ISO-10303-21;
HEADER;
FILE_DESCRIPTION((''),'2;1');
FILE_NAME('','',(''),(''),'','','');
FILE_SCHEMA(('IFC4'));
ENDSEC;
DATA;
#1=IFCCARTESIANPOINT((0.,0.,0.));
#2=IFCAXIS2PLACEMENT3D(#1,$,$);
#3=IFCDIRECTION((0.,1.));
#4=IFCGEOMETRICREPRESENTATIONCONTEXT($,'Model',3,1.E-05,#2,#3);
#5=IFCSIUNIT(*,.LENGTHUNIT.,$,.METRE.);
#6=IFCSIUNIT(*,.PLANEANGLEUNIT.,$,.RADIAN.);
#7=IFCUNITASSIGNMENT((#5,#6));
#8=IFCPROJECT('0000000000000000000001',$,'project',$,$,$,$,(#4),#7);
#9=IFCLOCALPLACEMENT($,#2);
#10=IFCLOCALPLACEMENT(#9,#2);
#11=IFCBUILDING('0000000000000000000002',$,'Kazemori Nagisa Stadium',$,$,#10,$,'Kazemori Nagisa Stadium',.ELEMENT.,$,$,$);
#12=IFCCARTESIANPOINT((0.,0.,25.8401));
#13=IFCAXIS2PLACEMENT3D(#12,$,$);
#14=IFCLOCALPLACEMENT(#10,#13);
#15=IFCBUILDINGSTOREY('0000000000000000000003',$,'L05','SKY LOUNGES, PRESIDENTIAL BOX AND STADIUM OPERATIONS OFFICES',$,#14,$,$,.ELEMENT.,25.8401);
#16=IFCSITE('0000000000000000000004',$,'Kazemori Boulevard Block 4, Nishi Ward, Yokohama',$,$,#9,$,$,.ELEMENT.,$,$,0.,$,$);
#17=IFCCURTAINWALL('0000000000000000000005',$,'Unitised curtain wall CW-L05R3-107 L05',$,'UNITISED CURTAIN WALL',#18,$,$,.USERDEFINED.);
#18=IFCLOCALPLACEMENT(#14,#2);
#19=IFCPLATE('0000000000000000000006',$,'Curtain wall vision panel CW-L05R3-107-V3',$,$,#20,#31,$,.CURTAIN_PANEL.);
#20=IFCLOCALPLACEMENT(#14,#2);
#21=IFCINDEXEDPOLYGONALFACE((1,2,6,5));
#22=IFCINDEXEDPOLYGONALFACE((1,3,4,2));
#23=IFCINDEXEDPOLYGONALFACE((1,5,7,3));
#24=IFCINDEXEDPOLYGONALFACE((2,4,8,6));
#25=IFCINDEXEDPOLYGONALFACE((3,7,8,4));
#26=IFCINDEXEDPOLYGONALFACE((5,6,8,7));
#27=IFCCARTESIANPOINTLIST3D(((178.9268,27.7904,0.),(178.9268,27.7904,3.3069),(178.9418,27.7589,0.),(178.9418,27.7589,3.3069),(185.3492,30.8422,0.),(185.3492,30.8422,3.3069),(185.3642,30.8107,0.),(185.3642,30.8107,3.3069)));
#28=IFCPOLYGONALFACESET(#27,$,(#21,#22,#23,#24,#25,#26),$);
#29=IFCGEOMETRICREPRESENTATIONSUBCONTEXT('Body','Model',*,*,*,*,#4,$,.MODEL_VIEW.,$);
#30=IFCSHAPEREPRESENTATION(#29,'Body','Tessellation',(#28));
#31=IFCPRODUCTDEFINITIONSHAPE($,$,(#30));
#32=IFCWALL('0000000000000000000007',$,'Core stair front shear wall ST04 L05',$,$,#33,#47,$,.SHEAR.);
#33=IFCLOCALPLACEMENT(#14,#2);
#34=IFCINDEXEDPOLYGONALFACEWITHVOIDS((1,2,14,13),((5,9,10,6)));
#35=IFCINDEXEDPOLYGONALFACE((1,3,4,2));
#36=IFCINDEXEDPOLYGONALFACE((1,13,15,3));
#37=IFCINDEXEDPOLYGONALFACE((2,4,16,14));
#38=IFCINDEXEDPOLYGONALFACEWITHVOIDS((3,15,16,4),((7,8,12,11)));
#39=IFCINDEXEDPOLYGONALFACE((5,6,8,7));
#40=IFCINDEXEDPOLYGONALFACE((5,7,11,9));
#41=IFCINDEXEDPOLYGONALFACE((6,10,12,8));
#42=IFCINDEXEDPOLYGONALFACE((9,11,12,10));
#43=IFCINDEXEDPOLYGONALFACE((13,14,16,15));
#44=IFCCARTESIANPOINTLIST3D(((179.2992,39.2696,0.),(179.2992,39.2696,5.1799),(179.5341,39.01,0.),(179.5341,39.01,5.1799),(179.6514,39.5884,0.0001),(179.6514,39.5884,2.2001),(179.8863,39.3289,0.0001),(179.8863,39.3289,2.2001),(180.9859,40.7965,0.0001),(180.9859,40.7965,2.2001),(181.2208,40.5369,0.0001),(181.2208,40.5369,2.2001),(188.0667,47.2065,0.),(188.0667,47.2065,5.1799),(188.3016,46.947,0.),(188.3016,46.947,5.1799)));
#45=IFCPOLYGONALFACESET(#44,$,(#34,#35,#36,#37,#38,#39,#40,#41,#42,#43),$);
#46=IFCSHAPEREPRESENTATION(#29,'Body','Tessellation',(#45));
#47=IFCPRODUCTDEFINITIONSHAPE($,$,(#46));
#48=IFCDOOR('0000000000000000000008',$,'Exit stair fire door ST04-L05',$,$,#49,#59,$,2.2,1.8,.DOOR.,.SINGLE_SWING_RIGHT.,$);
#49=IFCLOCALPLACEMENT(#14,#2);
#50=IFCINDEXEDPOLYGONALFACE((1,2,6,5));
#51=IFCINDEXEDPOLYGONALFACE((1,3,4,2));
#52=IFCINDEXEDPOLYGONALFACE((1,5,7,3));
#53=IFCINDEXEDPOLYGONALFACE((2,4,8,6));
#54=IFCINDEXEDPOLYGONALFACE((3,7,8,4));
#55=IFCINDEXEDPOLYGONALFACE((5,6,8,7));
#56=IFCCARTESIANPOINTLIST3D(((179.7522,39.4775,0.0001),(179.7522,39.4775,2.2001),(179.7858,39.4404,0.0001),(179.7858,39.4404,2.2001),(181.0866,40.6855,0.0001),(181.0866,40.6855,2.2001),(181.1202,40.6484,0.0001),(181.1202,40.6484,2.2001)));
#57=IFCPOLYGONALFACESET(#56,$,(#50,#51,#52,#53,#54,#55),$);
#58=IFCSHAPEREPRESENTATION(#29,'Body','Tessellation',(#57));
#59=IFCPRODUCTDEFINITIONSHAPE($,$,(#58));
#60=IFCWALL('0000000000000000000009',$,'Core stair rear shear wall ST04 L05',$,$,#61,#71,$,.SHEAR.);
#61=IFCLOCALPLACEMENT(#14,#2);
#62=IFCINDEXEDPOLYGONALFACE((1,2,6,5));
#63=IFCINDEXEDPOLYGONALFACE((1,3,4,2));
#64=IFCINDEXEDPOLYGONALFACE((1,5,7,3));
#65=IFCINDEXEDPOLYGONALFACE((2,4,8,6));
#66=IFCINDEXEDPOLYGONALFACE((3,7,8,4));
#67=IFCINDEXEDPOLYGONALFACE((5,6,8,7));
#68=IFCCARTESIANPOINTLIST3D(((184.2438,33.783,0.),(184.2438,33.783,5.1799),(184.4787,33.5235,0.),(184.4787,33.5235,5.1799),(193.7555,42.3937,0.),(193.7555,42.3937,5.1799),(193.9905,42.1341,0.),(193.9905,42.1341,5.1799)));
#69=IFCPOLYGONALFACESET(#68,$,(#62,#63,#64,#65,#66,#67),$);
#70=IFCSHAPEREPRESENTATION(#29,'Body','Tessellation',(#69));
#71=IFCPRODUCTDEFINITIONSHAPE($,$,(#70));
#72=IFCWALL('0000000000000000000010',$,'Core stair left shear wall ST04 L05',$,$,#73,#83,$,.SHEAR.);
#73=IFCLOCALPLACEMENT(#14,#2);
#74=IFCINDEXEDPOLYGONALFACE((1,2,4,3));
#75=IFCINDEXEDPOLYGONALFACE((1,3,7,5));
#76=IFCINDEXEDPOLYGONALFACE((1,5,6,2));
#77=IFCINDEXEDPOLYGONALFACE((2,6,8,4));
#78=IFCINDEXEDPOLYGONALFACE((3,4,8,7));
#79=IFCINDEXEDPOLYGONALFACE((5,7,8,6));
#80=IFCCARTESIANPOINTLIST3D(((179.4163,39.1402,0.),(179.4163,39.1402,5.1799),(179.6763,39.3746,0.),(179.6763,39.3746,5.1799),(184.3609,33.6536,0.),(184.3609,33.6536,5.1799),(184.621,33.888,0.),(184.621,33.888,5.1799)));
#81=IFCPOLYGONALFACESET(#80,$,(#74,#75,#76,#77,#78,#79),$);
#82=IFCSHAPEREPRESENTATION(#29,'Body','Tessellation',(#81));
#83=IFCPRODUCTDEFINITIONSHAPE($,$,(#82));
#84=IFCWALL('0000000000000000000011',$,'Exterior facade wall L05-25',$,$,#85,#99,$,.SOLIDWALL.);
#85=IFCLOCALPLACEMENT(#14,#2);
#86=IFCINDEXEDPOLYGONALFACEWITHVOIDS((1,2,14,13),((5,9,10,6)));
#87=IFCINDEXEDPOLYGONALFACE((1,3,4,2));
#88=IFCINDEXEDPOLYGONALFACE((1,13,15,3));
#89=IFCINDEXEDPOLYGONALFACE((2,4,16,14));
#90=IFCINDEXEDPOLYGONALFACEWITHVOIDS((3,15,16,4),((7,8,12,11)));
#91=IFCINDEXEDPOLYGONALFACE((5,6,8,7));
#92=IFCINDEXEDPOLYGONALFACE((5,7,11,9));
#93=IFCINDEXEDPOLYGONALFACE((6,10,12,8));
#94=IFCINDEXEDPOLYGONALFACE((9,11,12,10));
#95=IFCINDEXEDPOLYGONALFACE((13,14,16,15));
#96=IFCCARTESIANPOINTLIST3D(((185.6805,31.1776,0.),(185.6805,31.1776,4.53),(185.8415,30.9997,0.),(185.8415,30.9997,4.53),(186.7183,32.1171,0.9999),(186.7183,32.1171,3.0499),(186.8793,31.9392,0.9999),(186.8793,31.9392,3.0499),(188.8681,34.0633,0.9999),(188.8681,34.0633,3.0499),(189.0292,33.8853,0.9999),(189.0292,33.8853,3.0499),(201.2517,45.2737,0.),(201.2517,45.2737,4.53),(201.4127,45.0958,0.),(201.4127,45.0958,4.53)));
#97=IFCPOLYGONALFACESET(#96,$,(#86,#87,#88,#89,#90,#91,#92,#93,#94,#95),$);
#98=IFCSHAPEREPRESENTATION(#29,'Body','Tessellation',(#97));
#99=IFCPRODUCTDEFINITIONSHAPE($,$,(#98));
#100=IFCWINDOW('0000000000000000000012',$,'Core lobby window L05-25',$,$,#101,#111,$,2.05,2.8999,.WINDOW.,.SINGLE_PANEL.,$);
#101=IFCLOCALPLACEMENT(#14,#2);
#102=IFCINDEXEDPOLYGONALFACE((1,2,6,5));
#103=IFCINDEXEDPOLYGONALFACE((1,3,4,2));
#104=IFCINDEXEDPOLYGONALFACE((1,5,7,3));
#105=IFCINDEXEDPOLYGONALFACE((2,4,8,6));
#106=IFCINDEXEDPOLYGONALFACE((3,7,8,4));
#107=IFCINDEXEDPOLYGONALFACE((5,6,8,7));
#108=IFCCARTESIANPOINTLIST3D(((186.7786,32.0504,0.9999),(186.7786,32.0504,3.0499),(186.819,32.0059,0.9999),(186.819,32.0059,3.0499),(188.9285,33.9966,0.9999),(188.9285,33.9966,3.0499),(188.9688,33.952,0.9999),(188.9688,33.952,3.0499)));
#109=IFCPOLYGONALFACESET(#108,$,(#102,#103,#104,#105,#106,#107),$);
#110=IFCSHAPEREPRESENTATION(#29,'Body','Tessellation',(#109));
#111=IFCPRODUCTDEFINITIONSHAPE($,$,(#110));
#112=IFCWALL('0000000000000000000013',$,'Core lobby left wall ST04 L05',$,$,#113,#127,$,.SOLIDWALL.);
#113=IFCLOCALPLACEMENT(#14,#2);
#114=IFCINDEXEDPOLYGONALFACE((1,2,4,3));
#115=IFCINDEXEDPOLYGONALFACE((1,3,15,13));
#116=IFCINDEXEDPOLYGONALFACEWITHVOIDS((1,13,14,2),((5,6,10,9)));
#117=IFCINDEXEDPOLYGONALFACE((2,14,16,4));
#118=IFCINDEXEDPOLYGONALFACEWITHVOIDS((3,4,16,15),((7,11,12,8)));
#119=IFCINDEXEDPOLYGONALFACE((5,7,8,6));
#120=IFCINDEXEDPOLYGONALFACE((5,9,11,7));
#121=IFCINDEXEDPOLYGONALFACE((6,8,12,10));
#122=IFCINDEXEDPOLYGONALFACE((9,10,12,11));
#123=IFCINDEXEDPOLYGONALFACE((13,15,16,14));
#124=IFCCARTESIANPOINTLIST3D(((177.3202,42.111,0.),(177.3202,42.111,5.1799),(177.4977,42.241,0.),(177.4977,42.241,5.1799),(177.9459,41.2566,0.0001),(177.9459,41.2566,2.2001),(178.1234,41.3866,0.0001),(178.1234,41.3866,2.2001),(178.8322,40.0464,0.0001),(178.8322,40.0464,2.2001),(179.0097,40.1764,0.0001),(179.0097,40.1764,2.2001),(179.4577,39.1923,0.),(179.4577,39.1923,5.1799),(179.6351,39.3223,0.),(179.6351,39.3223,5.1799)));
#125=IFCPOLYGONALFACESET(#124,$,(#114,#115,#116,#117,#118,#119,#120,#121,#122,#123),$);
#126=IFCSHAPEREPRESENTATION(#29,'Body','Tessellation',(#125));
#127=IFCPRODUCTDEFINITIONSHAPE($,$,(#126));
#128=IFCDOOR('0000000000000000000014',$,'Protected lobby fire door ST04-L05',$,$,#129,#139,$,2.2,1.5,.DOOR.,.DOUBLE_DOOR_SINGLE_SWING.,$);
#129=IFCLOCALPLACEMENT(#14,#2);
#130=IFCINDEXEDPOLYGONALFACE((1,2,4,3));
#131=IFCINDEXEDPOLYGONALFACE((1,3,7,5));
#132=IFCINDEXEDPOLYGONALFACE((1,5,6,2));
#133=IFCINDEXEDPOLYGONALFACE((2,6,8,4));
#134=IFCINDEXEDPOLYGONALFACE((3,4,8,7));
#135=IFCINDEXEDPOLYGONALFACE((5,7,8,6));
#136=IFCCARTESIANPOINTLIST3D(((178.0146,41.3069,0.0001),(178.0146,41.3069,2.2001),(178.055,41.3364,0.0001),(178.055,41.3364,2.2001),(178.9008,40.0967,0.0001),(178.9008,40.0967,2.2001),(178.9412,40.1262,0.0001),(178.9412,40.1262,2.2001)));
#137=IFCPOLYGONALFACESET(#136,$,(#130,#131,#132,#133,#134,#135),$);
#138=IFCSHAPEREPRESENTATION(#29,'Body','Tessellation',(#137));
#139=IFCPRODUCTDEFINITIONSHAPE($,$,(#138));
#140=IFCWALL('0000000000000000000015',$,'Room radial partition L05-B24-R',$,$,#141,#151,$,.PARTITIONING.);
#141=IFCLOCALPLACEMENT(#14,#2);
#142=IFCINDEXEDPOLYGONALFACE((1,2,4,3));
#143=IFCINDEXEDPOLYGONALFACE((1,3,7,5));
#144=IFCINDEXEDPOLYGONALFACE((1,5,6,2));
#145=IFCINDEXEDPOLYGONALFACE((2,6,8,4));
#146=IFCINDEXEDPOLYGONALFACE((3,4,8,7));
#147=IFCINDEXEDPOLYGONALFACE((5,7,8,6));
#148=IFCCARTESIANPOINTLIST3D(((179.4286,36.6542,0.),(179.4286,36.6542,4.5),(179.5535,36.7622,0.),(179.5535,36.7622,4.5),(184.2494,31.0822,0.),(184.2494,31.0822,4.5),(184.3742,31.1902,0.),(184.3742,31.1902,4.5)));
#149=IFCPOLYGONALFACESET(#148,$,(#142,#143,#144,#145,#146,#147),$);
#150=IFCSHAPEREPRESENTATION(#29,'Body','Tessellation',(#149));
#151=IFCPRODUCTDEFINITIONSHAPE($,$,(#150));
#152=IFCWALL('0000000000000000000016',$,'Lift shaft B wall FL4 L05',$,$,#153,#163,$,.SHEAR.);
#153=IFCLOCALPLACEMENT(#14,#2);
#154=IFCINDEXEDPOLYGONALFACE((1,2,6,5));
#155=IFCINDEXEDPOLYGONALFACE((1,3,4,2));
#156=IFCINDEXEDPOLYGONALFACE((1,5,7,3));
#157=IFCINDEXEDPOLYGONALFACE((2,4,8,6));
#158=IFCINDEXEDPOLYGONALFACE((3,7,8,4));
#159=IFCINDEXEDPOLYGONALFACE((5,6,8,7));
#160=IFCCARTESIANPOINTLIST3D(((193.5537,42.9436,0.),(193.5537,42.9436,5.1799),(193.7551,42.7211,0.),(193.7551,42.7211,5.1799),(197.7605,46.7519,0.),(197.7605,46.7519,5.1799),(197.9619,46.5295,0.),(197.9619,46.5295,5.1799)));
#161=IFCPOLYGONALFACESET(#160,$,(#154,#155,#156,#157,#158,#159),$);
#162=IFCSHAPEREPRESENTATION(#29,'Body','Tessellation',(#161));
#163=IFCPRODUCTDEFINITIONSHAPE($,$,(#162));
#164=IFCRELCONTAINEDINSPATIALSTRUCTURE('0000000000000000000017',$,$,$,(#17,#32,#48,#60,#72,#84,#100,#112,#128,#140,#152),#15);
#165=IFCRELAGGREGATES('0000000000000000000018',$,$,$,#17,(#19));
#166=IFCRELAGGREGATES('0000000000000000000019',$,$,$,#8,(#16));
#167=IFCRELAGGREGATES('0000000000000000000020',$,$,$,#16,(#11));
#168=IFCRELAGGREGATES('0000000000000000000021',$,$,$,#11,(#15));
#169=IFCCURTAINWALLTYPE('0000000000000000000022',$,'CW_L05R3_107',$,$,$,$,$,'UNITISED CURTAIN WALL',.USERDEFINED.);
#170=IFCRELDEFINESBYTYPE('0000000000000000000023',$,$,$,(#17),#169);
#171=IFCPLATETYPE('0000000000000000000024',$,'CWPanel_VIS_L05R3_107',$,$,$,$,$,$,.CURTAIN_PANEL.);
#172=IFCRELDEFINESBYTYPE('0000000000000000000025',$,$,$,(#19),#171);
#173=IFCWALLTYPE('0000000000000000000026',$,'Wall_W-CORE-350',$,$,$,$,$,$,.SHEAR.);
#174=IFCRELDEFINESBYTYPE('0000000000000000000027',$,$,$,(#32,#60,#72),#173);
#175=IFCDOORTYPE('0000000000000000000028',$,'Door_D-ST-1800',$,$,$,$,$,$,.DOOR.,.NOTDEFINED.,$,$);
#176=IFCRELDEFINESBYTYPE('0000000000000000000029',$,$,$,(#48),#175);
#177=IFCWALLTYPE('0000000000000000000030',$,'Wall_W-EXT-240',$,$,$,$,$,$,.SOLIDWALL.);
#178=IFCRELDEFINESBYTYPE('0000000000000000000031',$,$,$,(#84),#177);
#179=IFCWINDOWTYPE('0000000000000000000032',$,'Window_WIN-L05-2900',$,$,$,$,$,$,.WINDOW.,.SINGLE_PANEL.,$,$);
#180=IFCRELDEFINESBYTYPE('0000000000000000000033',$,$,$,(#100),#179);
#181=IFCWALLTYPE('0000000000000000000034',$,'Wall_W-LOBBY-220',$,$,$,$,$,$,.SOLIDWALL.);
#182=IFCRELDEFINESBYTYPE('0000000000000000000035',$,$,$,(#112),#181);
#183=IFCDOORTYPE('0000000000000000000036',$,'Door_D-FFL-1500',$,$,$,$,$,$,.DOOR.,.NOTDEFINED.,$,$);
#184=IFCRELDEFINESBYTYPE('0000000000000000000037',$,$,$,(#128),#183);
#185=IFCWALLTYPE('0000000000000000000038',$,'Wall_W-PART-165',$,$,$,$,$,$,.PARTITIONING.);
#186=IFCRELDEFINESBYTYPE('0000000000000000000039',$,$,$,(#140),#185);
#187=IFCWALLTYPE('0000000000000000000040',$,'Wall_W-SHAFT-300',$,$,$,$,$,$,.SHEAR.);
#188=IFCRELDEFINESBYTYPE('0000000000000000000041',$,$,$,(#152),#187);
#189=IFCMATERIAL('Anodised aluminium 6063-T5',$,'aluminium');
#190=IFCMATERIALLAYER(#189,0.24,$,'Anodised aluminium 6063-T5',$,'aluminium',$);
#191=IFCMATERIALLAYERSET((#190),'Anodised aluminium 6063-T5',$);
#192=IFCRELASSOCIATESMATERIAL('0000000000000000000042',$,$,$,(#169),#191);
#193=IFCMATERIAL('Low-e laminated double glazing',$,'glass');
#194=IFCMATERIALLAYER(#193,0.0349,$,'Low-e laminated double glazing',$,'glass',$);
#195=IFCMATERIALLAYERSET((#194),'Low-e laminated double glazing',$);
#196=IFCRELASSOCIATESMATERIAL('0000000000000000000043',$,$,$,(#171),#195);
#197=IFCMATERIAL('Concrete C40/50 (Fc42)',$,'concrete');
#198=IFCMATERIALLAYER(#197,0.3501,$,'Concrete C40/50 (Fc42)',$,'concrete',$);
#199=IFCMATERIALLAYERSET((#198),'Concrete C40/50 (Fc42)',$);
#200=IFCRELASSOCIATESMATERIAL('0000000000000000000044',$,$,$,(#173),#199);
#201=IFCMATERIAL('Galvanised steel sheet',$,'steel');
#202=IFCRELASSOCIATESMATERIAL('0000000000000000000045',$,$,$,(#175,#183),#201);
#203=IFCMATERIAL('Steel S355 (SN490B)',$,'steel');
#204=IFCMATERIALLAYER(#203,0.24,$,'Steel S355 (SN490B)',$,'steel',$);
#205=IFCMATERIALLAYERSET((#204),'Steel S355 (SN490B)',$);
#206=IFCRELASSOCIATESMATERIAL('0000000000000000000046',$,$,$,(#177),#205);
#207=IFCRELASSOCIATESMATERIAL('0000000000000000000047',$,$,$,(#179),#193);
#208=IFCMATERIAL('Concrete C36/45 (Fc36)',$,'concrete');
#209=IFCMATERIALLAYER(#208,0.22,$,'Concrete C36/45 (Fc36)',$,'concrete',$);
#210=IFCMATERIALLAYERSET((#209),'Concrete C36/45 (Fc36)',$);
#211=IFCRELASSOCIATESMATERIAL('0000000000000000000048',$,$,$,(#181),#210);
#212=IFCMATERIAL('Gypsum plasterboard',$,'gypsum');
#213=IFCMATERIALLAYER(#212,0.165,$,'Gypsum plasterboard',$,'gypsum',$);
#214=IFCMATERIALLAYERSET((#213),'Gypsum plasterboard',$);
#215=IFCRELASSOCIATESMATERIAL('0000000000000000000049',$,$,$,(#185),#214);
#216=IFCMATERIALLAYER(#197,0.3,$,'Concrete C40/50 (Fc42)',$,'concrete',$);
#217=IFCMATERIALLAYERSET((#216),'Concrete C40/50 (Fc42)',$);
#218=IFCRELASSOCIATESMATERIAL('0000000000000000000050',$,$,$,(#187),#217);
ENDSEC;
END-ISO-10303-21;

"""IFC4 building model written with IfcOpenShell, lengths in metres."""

from ifc_helpers import new_model, si_unit, direction, frame, frame_2d, origin, origin_2d, place, context, subcontext, project, spatial, rectangle, extrude, material, layer, layer_set, type_object, element, fill, aggregate, save


model = new_model("IFC4")

# Units and contexts
model_context = context("Model", 3, precision=1e-05, world=origin(), true_north=direction((0.0, 1.0)))
body_context = subcontext(model_context, "Body", "Model", "MODEL_VIEW")
ifc_project = project(units=[si_unit("LENGTHUNIT", "METRE"), si_unit("PLANEANGLEUNIT", "RADIAN")], contexts=[model_context])

# Site, building, storey
site_placement = place(None, origin())
site = spatial("IfcSite", under=ifc_project, at=site_placement, Name="Kazemori Boulevard Block 4, Nishi Ward, Yokohama", CompositionType="ELEMENT", RefElevation=0.0)
building_placement = place(site_placement, origin())
building = spatial("IfcBuilding", under=site, at=building_placement, Name="Kazemori Nagisa Stadium", LongName="Kazemori Nagisa Stadium", CompositionType="ELEMENT")
storey_placement = place(building_placement, frame((0.0, 0.0, 25.8401)))
storey = spatial("IfcBuildingStorey", under=building, at=storey_placement, Name="L05", Description="SKY LOUNGES, PRESIDENTIAL BOX AND STADIUM OPERATIONS OFFICES", CompositionType="ELEMENT", Elevation=25.8401)

# Shared definitions
ifc_material_1 = material(Name="Concrete C40/50 (Fc42)", Category="concrete")

# Curtain wall, plate
ifc_material_2 = material(Name="Anodised aluminium 6063-T5", Category="aluminium")
ifc_layer_1 = layer(ifc_material_2, 0.24, Name="Anodised aluminium 6063-T5", Category="aluminium")
ifc_layer_set_1 = layer_set([ifc_layer_1], Name="Anodised aluminium 6063-T5")
curtain_wall_type = type_object("IfcCurtainWallType", Name="CW_L05R3_107", ElementType="UNITISED CURTAIN WALL", PredefinedType="USERDEFINED", material=ifc_layer_set_1)
curtain_wall_placement = place(storey_placement, origin())
curtain_wall = element("IfcCurtainWall", 1, at=curtain_wall_placement, inside=storey, type_object=curtain_wall_type, Name="Unitised curtain wall CW-L05R3-107 L05", ObjectType="UNITISED CURTAIN WALL", PredefinedType="USERDEFINED")
ifc_material_3 = material(Name="Low-e laminated double glazing", Category="glass")
ifc_layer_2 = layer(ifc_material_3, 0.0349, Name="Low-e laminated double glazing", Category="glass")
ifc_layer_set_2 = layer_set([ifc_layer_2], Name="Low-e laminated double glazing")
plate_type_1 = type_object("IfcPlateType", Name="CWPanel_VIS_L05R3_107", PredefinedType="CURTAIN_PANEL", material=ifc_layer_set_2)
plate_1_placement = place(storey_placement, frame((182.1455, 29.3005, 0.0), z_axis=(0.0, 0.0, 1.0), x_axis=(0.903216, 0.429186, 0.0)))
plate_1 = element("IfcPlate", 2, at=plate_1_placement, type_object=plate_type_1, Name="Curtain wall vision panel CW-L05R3-107-V3", PredefinedType="CURTAIN_PANEL", context=body_context, shape_type="SweptSolid", body=[
    extrude(rectangle(XDim=7.1106, YDim=0.0349, at=origin_2d()), origin(), (0.0, 0.0, 1.0), 3.3069),
])
aggregate(curtain_wall, [plate_1])

# Wall, opening, door
ifc_layer_3 = layer(ifc_material_1, 0.3501, Name="Concrete C40/50 (Fc42)", Category="concrete")
ifc_layer_set_3 = layer_set([ifc_layer_3], Name="Concrete C40/50 (Fc42)")
wall_type_1 = type_object("IfcWallType", Name="Wall_W-CORE-350", PredefinedType="SHEAR", material=ifc_layer_set_3)
wall_1_placement = place(storey_placement, frame((179.4167, 39.1399, 0.0), z_axis=(0.0, 0.0, 1.0), x_axis=(0.741349, 0.67112, 0.0)))
wall_1 = element("IfcWall", 3, at=wall_1_placement, inside=storey, type_object=wall_type_1, Name="Core stair front shear wall ST04 L05", PredefinedType="SHEAR", context=body_context, shape_type="SweptSolid", body=[
    extrude(rectangle(XDim=11.8264, YDim=0.3501, at=frame_2d((5.9131, 0.0))), origin(), (0.0, 0.0, 1.0), 5.1799),
])
opening_1_placement = place(wall_1_placement, frame((0.4751, 0.0, 0.0)))
opening_1 = element("IfcOpeningElement", 4, at=opening_1_placement, cuts=wall_1, PredefinedType="OPENING", context=body_context, shape_type="SweptSolid", body=[
    extrude(rectangle(XDim=1.8, YDim=2.2, at=frame_2d((0.8999, 1.1001))), frame((0.0, 0.1851, 0.0), z_axis=(0.0, -1.0, 0.0), x_axis=(1.0, 0.0, 0.0)), (0.0, 0.0, 1.0), 0.3701),
])
ifc_material_4 = material(Name="Galvanised steel sheet", Category="steel")
door_type_1 = type_object("IfcDoorType", Name="Door_D-ST-1800", OperationType="NOTDEFINED", PredefinedType="DOOR", material=ifc_material_4)
door_1_placement = place(opening_1_placement, frame((1.8, 0.0, 0.0), z_axis=(0.0, 0.0, 1.0), x_axis=(-1.0, 0.0, 0.0)))
door_1 = element("IfcDoor", 5, at=door_1_placement, inside=storey, type_object=door_type_1, Name="Exit stair fire door ST04-L05", OperationType="SINGLE_SWING_RIGHT", OverallHeight=2.2, OverallWidth=1.8, PredefinedType="DOOR", context=body_context, shape_type="SweptSolid", body=[
    extrude(rectangle(XDim=1.8, YDim=2.2, at=frame_2d((0.8999, 1.1001))), frame((0.0, 0.0249, 0.0), z_axis=(0.0, -1.0, 0.0), x_axis=(1.0, 0.0, 0.0)), (0.0, 0.0, 1.0), 0.05),
])
fill(opening_1, door_1)

# Walls
wall_2_placement = place(storey_placement, frame((184.3613, 33.6533, 0.0), z_axis=(0.0, 0.0, 1.0), x_axis=(0.741351, 0.671117, 0.0)))
element("IfcWall", 6, at=wall_2_placement, inside=storey, type_object=wall_type_1, Name="Core stair rear shear wall ST04 L05", PredefinedType="SHEAR", context=body_context, shape_type="SweptSolid", body=[
    extrude(rectangle(XDim=12.8303, YDim=0.3501, at=frame_2d((6.415, 0.0))), origin(), (0.0, 0.0, 1.0), 5.1799),
])
wall_3_placement = place(storey_placement, frame((179.5464, 39.2573, 0.0), z_axis=(0.0, 0.0, 1.0), x_axis=(0.669463, -0.742845, 0.0)))
element("IfcWall", 7, at=wall_3_placement, inside=storey, type_object=wall_type_1, Name="Core stair left shear wall ST04 L05", PredefinedType="SHEAR", context=body_context, shape_type="SweptSolid", body=[
    extrude(rectangle(XDim=7.386, YDim=0.3501, at=frame_2d((3.6929, 0.0))), origin(), (0.0, 0.0, 1.0), 5.1799),
])

# Wall, opening, window
ifc_material_5 = material(Name="Steel S355 (SN490B)", Category="steel")
ifc_layer_4 = layer(ifc_material_5, 0.24, Name="Steel S355 (SN490B)", Category="steel")
ifc_layer_set_4 = layer_set([ifc_layer_4], Name="Steel S355 (SN490B)")
wall_type_2 = type_object("IfcWallType", Name="Wall_W-EXT-240", PredefinedType="SOLIDWALL", material=ifc_layer_set_4)
wall_4_placement = place(storey_placement, frame((185.761, 31.0886, 0.0), z_axis=(0.0, 0.0, 1.0), x_axis=(0.741349, 0.67112, 0.0)))
wall_4 = element("IfcWall", 8, at=wall_4_placement, inside=storey, type_object=wall_type_2, Name="Exterior facade wall L05-25", PredefinedType="SOLIDWALL", context=body_context, shape_type="SweptSolid", body=[
    extrude(rectangle(XDim=21.0039, YDim=0.24, at=frame_2d((10.502, 0.0))), origin(), (0.0, 0.0, 1.0), 4.53),
])
opening_2_placement = place(wall_4_placement, frame((1.3999, 0.0, 1.0)))
opening_2 = element("IfcOpeningElement", 9, at=opening_2_placement, cuts=wall_4, PredefinedType="OPENING", context=body_context, shape_type="SweptSolid", body=[
    extrude(rectangle(XDim=2.8999, YDim=2.05, at=frame_2d((1.45, 1.0249))), frame((0.0, 0.1299, 0.0), z_axis=(0.0, -1.0, 0.0), x_axis=(1.0, 0.0, 0.0)), (0.0, 0.0, 1.0), 0.26),
])
window_type = type_object("IfcWindowType", Name="Window_WIN-L05-2900", PartitioningType="SINGLE_PANEL", PredefinedType="WINDOW", material=ifc_material_3)
window_placement = place(opening_2_placement, origin())
window = element("IfcWindow", 10, at=window_placement, inside=storey, type_object=window_type, Name="Core lobby window L05-25", OverallHeight=2.05, OverallWidth=2.8999, PartitioningType="SINGLE_PANEL", PredefinedType="WINDOW", context=body_context, shape_type="SweptSolid", body=[
    extrude(rectangle(XDim=2.8999, YDim=2.05, at=frame_2d((1.45, 1.0249))), frame((0.0, 0.03, 0.0), z_axis=(0.0, -1.0, 0.0), x_axis=(1.0, 0.0, 0.0)), (0.0, 0.0, 1.0), 0.0601),
])
fill(opening_2, window)

# Wall, opening, door
ifc_material_6 = material(Name="Concrete C36/45 (Fc36)", Category="concrete")
ifc_layer_5 = layer(ifc_material_6, 0.22, Name="Concrete C36/45 (Fc36)", Category="concrete")
ifc_layer_set_5 = layer_set([ifc_layer_5], Name="Concrete C36/45 (Fc36)")
wall_type_3 = type_object("IfcWallType", Name="Wall_W-LOBBY-220", PredefinedType="SOLIDWALL", material=ifc_layer_set_5)
wall_5_placement = place(storey_placement, frame((177.4089, 42.176, 0.0), z_axis=(0.0, 0.0, 1.0), x_axis=(0.590837, -0.806791, 0.0)))
wall_5 = element("IfcWall", 11, at=wall_5_placement, inside=storey, type_object=wall_type_3, Name="Core lobby left wall ST04 L05", PredefinedType="SOLIDWALL", context=body_context, shape_type="SweptSolid", body=[
    extrude(rectangle(XDim=3.6177, YDim=0.22, at=frame_2d((1.8088, 0.0))), origin(), (0.0, 0.0, 1.0), 5.1799),
])
opening_3_placement = place(wall_5_placement, frame((1.0591, 0.0, 0.0)))
opening_3 = element("IfcOpeningElement", 12, at=opening_3_placement, cuts=wall_5, PredefinedType="OPENING", context=body_context, shape_type="SweptSolid", body=[
    extrude(rectangle(XDim=1.5, YDim=2.2, at=frame_2d((0.75, 1.1001))), frame((0.0, 0.1199, 0.0), z_axis=(0.0, -1.0, 0.0), x_axis=(1.0, 0.0, 0.0)), (0.0, 0.0, 1.0), 0.24),
])
door_type_2 = type_object("IfcDoorType", Name="Door_D-FFL-1500", OperationType="NOTDEFINED", PredefinedType="DOOR", material=ifc_material_4)
door_2_placement = place(opening_3_placement, frame((1.5, 0.0, 0.0), z_axis=(0.0, 0.0, 1.0), x_axis=(-1.0, 0.0, 0.0)))
door_2 = element("IfcDoor", 13, at=door_2_placement, inside=storey, type_object=door_type_2, Name="Protected lobby fire door ST04-L05", OperationType="DOUBLE_DOOR_SINGLE_SWING", OverallHeight=2.2, OverallWidth=1.5, PredefinedType="DOOR", context=body_context, shape_type="SweptSolid", body=[
    extrude(rectangle(XDim=1.5, YDim=2.2, at=frame_2d((0.75, 1.1001))), frame((0.0, 0.0249, 0.0), z_axis=(0.0, -1.0, 0.0), x_axis=(1.0, 0.0, 0.0)), (0.0, 0.0, 1.0), 0.05),
])
fill(opening_3, door_2)

# Walls
ifc_material_7 = material(Name="Gypsum plasterboard", Category="gypsum")
ifc_layer_6 = layer(ifc_material_7, 0.165, Name="Gypsum plasterboard", Category="gypsum")
ifc_layer_set_6 = layer_set([ifc_layer_6], Name="Gypsum plasterboard")
wall_type_4 = type_object("IfcWallType", Name="Wall_W-PART-165", PredefinedType="PARTITIONING", material=ifc_layer_set_6)
wall_6_placement = place(storey_placement, frame((179.491, 36.7083, 0.0), z_axis=(0.0, 0.0, 1.0), x_axis=(0.654288, -0.756245, 0.0)))
element("IfcWall", 14, at=wall_6_placement, inside=storey, type_object=wall_type_4, Name="Room radial partition L05-B24-R", PredefinedType="PARTITIONING", context=body_context, shape_type="SweptSolid", body=[
    extrude(rectangle(XDim=7.3679, YDim=0.165, at=frame_2d((3.6841, 0.0))), origin(), (0.0, 0.0, 1.0), 4.5),
])
ifc_layer_7 = layer(ifc_material_1, 0.3, Name="Concrete C40/50 (Fc42)", Category="concrete")
ifc_layer_set_7 = layer_set([ifc_layer_7], Name="Concrete C40/50 (Fc42)")
wall_type_5 = type_object("IfcWallType", Name="Wall_W-SHAFT-300", PredefinedType="SHEAR", material=ifc_layer_set_7)
wall_7_placement = place(storey_placement, frame((193.6543, 42.8323, 0.0), z_axis=(0.0, 0.0, 1.0), x_axis=(0.741342, 0.671127, 0.0)))
element("IfcWall", 15, at=wall_7_placement, inside=storey, type_object=wall_type_5, Name="Lift shaft B wall FL4 L05", PredefinedType="SHEAR", context=body_context, shape_type="SweptSolid", body=[
    extrude(rectangle(XDim=5.6746, YDim=0.3, at=frame_2d((2.8374, 0.0))), origin(), (0.0, 0.0, 1.0), 5.1799),
])

save(model, "model.ifc")
